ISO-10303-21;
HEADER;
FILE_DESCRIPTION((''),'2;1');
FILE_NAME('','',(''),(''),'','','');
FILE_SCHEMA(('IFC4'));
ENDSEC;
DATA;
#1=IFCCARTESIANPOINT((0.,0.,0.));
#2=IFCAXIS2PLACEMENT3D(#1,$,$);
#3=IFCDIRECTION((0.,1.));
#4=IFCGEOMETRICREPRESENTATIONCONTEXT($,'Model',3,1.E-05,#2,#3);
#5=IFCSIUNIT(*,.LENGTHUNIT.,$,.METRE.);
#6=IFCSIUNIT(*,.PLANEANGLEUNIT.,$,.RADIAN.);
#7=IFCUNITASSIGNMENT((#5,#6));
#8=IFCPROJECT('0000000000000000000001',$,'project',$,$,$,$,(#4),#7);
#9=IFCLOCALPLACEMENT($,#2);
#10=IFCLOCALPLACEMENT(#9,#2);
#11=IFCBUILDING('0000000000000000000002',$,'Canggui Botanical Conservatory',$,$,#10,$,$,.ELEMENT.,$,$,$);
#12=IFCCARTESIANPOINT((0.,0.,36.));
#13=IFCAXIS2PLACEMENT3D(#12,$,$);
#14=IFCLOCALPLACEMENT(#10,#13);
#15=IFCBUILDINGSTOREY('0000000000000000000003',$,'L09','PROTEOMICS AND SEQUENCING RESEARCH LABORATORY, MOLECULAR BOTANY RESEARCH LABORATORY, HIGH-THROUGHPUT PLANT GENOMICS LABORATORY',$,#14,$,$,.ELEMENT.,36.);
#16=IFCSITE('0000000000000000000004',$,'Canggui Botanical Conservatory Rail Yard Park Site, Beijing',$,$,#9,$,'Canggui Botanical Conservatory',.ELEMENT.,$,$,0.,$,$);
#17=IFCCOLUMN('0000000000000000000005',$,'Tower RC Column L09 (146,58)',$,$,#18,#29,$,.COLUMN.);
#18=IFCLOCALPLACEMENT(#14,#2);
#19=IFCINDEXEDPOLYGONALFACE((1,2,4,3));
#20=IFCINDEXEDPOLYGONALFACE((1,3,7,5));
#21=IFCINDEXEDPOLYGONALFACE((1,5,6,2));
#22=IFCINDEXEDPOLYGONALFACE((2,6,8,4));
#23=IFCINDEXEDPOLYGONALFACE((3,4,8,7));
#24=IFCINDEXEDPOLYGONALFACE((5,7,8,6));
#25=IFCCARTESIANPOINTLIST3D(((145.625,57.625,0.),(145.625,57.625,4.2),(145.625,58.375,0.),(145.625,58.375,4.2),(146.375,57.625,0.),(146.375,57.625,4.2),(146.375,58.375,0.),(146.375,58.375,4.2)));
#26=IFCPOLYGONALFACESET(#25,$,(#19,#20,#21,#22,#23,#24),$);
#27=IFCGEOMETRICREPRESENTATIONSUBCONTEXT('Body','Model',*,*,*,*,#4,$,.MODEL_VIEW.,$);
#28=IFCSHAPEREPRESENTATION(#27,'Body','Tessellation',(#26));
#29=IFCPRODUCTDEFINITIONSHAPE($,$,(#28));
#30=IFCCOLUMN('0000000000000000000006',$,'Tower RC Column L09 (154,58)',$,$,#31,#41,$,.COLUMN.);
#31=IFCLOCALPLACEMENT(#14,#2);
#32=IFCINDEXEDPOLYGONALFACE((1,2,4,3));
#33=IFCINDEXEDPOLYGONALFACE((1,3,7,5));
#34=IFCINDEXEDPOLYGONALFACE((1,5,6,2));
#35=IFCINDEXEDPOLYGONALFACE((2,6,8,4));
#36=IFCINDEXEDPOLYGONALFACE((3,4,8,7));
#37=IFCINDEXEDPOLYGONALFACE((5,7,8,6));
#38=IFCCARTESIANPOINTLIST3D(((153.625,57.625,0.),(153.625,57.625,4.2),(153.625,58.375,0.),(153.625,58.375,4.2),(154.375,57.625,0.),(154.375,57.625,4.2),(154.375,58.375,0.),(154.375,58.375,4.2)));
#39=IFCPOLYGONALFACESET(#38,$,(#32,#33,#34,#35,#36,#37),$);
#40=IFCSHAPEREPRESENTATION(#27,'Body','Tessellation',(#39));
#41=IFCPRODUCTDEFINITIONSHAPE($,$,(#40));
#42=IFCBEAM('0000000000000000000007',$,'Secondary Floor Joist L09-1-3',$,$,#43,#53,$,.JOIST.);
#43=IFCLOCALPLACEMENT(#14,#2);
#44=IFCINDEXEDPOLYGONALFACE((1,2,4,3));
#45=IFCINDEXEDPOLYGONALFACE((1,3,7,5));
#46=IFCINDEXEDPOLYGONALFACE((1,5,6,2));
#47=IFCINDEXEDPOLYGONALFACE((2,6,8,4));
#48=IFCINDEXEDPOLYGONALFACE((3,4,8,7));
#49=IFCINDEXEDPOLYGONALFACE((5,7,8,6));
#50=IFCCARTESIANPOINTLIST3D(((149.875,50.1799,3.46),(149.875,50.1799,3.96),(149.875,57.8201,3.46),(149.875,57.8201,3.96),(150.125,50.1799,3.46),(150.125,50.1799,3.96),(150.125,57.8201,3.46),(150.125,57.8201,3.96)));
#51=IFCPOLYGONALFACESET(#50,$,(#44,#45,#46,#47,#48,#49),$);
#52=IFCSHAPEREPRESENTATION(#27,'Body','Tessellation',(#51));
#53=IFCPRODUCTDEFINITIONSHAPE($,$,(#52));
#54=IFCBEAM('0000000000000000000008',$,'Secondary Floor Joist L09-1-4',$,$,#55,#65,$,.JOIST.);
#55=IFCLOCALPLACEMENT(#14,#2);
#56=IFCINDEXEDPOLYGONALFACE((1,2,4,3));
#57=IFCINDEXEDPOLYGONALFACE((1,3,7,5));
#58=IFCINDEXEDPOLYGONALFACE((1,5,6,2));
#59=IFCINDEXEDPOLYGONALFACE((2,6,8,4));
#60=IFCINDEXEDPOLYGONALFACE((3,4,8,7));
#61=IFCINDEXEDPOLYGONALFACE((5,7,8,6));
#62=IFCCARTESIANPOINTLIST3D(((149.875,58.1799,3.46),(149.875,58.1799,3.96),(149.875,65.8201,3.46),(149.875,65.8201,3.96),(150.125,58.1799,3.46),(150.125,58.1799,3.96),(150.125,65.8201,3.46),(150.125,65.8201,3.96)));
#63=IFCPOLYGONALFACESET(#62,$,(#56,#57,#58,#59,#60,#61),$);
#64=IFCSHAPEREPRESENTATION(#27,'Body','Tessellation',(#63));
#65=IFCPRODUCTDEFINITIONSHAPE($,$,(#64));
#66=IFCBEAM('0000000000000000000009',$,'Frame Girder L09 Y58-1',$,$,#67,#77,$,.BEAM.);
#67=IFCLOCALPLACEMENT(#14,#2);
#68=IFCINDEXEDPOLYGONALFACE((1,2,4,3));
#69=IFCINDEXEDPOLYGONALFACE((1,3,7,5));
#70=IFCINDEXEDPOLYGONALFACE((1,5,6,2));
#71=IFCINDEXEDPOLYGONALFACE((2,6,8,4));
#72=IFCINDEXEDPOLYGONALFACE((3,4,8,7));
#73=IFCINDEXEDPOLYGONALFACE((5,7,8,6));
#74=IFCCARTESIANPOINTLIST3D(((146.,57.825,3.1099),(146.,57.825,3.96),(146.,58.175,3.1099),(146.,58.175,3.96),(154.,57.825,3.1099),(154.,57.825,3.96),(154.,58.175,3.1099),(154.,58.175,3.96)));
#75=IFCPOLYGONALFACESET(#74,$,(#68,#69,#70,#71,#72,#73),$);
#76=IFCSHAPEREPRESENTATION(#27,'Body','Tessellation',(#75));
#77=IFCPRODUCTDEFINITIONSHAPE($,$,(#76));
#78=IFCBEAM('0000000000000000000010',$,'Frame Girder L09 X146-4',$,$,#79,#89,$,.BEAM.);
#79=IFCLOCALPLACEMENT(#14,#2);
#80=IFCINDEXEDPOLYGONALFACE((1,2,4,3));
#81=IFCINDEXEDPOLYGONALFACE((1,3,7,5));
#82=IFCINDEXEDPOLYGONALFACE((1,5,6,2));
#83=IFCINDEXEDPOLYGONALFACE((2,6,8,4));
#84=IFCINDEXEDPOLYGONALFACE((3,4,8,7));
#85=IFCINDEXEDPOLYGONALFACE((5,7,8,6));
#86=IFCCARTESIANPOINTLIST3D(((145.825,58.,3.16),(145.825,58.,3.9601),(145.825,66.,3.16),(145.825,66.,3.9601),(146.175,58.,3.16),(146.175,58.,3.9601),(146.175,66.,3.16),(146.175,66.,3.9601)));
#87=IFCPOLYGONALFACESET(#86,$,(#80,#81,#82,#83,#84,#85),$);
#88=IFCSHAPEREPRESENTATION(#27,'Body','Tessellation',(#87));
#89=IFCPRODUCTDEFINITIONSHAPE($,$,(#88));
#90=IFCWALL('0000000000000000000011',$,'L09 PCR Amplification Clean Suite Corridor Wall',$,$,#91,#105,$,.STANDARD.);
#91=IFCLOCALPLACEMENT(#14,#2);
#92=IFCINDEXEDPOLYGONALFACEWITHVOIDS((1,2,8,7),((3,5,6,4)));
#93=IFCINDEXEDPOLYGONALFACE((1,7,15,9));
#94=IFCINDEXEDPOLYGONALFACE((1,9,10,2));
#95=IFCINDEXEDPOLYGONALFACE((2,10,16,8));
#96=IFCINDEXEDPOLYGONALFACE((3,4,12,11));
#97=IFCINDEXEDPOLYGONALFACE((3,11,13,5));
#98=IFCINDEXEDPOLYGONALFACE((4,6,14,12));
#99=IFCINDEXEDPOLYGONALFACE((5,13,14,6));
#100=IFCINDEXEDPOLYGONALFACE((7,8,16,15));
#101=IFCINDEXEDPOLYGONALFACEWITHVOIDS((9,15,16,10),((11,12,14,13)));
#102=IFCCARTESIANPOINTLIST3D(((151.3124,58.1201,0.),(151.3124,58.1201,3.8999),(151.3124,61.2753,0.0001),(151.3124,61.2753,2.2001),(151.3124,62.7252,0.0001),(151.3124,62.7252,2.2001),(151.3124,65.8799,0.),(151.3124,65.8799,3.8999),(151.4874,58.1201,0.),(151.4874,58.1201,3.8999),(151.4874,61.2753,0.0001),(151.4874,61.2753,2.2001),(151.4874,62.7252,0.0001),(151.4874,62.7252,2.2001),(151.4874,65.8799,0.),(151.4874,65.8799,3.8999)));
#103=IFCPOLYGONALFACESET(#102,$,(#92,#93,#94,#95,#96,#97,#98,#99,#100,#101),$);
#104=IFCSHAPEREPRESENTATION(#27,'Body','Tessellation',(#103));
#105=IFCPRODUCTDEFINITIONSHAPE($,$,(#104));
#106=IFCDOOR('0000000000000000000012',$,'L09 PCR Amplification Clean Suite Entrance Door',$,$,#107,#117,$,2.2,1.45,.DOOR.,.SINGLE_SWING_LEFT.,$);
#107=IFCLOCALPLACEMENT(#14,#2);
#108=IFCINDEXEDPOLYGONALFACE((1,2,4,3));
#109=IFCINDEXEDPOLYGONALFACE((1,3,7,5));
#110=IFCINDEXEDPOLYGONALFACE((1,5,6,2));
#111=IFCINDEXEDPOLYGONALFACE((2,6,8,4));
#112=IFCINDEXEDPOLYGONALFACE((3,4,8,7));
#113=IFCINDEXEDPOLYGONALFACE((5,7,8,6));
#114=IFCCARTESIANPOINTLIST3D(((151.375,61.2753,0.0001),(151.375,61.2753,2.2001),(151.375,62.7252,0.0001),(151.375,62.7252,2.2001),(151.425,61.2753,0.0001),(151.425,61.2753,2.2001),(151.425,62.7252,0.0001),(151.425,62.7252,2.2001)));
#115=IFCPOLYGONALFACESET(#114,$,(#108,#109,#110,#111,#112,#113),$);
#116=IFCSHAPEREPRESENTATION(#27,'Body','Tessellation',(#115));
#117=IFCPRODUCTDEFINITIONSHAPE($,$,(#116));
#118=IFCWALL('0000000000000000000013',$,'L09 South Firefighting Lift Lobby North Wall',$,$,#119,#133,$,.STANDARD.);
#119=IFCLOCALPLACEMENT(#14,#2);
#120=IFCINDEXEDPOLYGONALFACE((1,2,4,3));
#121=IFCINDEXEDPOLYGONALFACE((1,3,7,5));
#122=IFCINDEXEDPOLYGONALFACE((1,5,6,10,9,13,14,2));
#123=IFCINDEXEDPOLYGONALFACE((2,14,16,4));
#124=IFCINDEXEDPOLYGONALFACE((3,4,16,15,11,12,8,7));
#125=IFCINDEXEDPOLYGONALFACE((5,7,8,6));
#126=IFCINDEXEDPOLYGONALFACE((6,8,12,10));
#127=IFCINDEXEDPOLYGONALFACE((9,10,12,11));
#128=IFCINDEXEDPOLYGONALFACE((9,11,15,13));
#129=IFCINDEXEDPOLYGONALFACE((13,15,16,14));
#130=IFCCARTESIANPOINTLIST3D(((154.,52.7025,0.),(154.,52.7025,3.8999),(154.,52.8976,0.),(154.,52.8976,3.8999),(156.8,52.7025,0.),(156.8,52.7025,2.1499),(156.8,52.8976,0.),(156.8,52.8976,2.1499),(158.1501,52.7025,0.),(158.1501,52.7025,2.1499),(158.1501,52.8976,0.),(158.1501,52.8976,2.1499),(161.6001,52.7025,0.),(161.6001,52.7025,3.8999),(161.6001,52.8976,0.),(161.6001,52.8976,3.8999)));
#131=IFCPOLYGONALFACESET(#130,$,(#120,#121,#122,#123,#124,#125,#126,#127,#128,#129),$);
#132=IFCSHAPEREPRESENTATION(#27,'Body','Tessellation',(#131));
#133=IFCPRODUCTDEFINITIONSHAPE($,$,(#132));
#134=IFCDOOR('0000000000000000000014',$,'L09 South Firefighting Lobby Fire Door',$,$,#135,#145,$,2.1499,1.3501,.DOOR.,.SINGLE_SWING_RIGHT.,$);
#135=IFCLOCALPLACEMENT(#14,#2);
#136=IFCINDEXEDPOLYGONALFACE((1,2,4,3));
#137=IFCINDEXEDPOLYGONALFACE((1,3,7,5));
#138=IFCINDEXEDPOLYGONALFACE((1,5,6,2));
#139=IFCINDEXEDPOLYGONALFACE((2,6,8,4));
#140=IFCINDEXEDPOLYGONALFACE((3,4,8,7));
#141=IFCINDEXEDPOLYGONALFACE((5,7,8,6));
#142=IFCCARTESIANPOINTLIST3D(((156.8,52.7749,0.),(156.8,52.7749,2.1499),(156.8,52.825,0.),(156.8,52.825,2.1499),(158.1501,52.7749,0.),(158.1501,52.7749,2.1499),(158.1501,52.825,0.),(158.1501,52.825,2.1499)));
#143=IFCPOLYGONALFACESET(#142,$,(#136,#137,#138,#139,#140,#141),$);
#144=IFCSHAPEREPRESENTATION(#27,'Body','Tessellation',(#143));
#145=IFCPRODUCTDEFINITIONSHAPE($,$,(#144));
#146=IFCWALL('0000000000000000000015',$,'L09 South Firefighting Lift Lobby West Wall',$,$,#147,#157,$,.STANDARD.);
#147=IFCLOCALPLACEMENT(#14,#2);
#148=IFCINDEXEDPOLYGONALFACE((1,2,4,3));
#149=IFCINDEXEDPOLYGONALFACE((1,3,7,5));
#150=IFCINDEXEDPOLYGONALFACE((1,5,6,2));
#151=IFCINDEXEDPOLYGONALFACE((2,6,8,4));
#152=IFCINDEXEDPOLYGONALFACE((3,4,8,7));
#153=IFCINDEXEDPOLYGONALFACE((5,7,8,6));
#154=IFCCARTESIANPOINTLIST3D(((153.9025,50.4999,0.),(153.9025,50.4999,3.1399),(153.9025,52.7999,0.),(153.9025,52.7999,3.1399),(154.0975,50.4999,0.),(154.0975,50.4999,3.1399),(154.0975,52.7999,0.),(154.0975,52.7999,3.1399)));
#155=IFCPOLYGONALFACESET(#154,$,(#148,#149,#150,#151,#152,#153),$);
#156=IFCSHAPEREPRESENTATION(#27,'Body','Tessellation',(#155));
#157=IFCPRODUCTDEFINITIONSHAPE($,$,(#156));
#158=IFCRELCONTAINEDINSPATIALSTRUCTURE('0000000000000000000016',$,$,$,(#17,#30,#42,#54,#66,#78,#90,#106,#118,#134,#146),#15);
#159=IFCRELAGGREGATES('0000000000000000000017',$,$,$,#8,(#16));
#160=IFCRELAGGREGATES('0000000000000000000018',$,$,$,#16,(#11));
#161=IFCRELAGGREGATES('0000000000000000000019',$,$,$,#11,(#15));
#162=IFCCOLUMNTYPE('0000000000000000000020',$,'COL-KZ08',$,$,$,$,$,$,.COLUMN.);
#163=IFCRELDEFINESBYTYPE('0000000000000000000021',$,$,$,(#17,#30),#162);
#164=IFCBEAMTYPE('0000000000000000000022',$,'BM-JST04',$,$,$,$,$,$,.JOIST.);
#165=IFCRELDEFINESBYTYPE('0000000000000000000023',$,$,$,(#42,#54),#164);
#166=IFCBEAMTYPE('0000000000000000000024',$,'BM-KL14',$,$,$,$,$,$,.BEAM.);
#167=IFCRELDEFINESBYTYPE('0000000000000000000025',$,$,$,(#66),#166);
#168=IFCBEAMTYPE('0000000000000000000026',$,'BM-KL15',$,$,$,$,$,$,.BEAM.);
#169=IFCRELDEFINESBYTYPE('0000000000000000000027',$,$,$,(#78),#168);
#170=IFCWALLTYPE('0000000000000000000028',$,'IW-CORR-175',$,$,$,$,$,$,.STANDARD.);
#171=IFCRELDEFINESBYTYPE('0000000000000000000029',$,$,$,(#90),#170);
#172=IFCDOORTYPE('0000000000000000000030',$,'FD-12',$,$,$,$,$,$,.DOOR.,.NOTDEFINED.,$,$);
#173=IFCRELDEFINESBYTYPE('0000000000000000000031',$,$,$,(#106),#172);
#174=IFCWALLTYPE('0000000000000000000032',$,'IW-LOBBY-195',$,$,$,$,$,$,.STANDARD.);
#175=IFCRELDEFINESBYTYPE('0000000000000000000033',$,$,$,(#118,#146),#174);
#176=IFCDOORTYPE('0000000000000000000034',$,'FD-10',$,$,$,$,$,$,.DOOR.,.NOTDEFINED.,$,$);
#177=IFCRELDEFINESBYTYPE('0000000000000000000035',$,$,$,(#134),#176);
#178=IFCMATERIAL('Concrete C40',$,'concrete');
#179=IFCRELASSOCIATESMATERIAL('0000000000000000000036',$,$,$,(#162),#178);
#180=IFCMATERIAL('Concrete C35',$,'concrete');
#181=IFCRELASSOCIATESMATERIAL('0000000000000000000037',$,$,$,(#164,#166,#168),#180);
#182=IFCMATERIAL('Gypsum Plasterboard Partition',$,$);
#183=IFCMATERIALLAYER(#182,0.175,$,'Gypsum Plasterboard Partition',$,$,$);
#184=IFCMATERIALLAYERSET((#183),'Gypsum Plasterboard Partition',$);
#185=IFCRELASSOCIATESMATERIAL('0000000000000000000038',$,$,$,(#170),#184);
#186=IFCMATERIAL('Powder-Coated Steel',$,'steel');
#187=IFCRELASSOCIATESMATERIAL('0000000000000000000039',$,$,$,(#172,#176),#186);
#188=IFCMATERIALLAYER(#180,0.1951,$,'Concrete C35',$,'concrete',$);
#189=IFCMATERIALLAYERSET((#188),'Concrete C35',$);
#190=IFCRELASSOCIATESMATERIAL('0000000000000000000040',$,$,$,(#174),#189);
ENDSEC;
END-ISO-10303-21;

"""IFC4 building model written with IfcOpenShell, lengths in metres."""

from ifc_helpers import new_model, si_unit, direction, frame, frame_2d, origin, origin_2d, place, context, subcontext, project, spatial, rectangle, extrude, material, layer, layer_set, material_profile, profile_set, type_object, element, fill, save


model = new_model("IFC4")

# Units and contexts
model_context = context("Model", 3, precision=1e-05, world=origin(), true_north=direction((0.0, 1.0)))
body_context = subcontext(model_context, "Body", "Model", "MODEL_VIEW")
ifc_project = project(units=[si_unit("LENGTHUNIT", "METRE"), si_unit("PLANEANGLEUNIT", "RADIAN")], contexts=[model_context])

# Site, building, storey
site_placement = place(None, origin())
site = spatial("IfcSite", under=ifc_project, at=site_placement, Name="Canggui Botanical Conservatory Rail Yard Park Site, Beijing", LongName="Canggui Botanical Conservatory", CompositionType="ELEMENT", RefElevation=0.0)
building_placement = place(site_placement, origin())
building = spatial("IfcBuilding", under=site, at=building_placement, Name="Canggui Botanical Conservatory", CompositionType="ELEMENT")
storey_placement = place(building_placement, frame((0.0, 0.0, 36.0)))
storey = spatial("IfcBuildingStorey", under=building, at=storey_placement, Name="L09", Description="PROTEOMICS AND SEQUENCING RESEARCH LABORATORY, MOLECULAR BOTANY RESEARCH LABORATORY, HIGH-THROUGHPUT PLANT GENOMICS LABORATORY", CompositionType="ELEMENT", Elevation=36.0)

# Columns
ifc_material_1 = material(Name="Concrete C40", Category="concrete")
ifc_material_profile_1 = material_profile(ifc_material_1, rectangle(XDim=0.75, YDim=0.75, at=origin_2d()), Name="RC 750x750")
ifc_profile_set_1 = profile_set([ifc_material_profile_1], Name="Concrete C40")
column_type = type_object("IfcColumnType", Name="COL-KZ08", PredefinedType="COLUMN", material=ifc_profile_set_1)
for number, where, z_axis, x_axis, name in (
    (1, (146.0, 58.0, 0.0), (0.0, 0.0, 1.0), (1.0, 0.0, 0.0), "Tower RC Column L09 (146,58)"),
    (2, (154.0, 58.0, 0.0), (0.0, 0.0, 1.0), (1.0, 0.0, 0.0), "Tower RC Column L09 (154,58)"),
):
    element("IfcColumn", number, at=place(storey_placement, frame(where, z_axis=z_axis, x_axis=x_axis)), inside=storey, type_object=column_type, Name=name, PredefinedType="COLUMN", context=body_context, shape_type="SweptSolid", body=[
        extrude(rectangle(XDim=0.75, YDim=0.75, at=origin_2d()), origin(), (0.0, 0.0, 1.0), 4.2),
    ])

# Beams
ifc_material_2 = material(Name="Concrete C35", Category="concrete")
ifc_material_profile_2 = material_profile(ifc_material_2, rectangle(XDim=0.25, YDim=0.5, at=origin_2d()), Name="RB 250x500")
ifc_profile_set_2 = profile_set([ifc_material_profile_2], Name="Concrete C35")
beam_type_1 = type_object("IfcBeamType", Name="BM-JST04", PredefinedType="JOIST", material=ifc_profile_set_2)
for number, where, z_axis, x_axis, name in (
    (3, (150.0, 50.1799, 3.71), (0.0, 1.0, 0.0), (-1.0, 0.0, 0.0), "Secondary Floor Joist L09-1-3"),
    (4, (150.0, 58.1799, 3.71), (0.0, 1.0, 0.0), (-1.0, 0.0, 0.0), "Secondary Floor Joist L09-1-4"),
):
    element("IfcBeam", number, at=place(storey_placement, frame(where, z_axis=z_axis, x_axis=x_axis)), inside=storey, type_object=beam_type_1, Name=name, PredefinedType="JOIST", context=body_context, shape_type="SweptSolid", body=[
        extrude(rectangle(XDim=0.25, YDim=0.5, at=origin_2d()), origin(), (0.0, 0.0, 1.0), 7.6401),
    ])
ifc_material_profile_3 = material_profile(ifc_material_2, rectangle(XDim=0.3501, YDim=0.8501, at=origin_2d()), Name="RB 350x850")
ifc_profile_set_3 = profile_set([ifc_material_profile_3], Name="Concrete C35")
beam_type_2 = type_object("IfcBeamType", Name="BM-KL14", PredefinedType="BEAM", material=ifc_profile_set_3)
beam_1_placement = place(storey_placement, frame((146.0, 58.0, 3.5349), z_axis=(1.0, 0.0, 0.0), x_axis=(0.0, 1.0, 0.0)))
element("IfcBeam", 5, at=beam_1_placement, inside=storey, type_object=beam_type_2, Name="Frame Girder L09 Y58-1", PredefinedType="BEAM", context=body_context, shape_type="SweptSolid", body=[
    extrude(rectangle(XDim=0.3501, YDim=0.8501, at=origin_2d()), origin(), (0.0, 0.0, 1.0), 8.0),
])
ifc_material_profile_4 = material_profile(ifc_material_2, rectangle(XDim=0.3501, YDim=0.8, at=origin_2d()), Name="RB 350x800")
ifc_profile_set_4 = profile_set([ifc_material_profile_4], Name="Concrete C35")
beam_type_3 = type_object("IfcBeamType", Name="BM-KL15", PredefinedType="BEAM", material=ifc_profile_set_4)
beam_2_placement = place(storey_placement, frame((146.0, 58.0, 3.5601), z_axis=(0.0, 1.0, 0.0), x_axis=(-1.0, 0.0, 0.0)))
element("IfcBeam", 6, at=beam_2_placement, inside=storey, type_object=beam_type_3, Name="Frame Girder L09 X146-4", PredefinedType="BEAM", context=body_context, shape_type="SweptSolid", body=[
    extrude(rectangle(XDim=0.3501, YDim=0.8, at=origin_2d()), origin(), (0.0, 0.0, 1.0), 8.0),
])

# Walls, openings, doors
ifc_material_3 = material(Name="Gypsum Plasterboard Partition")
ifc_layer_1 = layer(ifc_material_3, 0.175, Name="Gypsum Plasterboard Partition")
ifc_layer_set_1 = layer_set([ifc_layer_1], Name="Gypsum Plasterboard Partition")
wall_type_1 = type_object("IfcWallType", Name="IW-CORR-175", PredefinedType="STANDARD", material=ifc_layer_set_1)
wall_1_placement = place(storey_placement, frame((151.3999, 58.1201, 0.0), z_axis=(0.0, 0.0, 1.0), x_axis=(0.0, 1.0, 0.0)))
wall_1 = element("IfcWall", 7, at=wall_1_placement, inside=storey, type_object=wall_type_1, Name="L09 PCR Amplification Clean Suite Corridor Wall", PredefinedType="STANDARD", context=body_context, shape_type="SweptSolid", body=[
    extrude(rectangle(XDim=7.7598, YDim=0.175, at=frame_2d((3.8799, 0.0))), origin(), (0.0, 0.0, 1.0), 3.8999),
])
opening_1_placement = place(wall_1_placement, frame((3.155, 0.0, 0.0)))
opening_1 = element("IfcOpeningElement", 8, at=opening_1_placement, cuts=wall_1, PredefinedType="OPENING", context=body_context, shape_type="SweptSolid", body=[
    extrude(rectangle(XDim=1.45, YDim=2.2, at=frame_2d((0.7251, 1.1001))), frame((0.0, 0.0977, 0.0), z_axis=(0.0, -1.0, 0.0), x_axis=(1.0, 0.0, 0.0)), (0.0, 0.0, 1.0), 0.1951),
])
ifc_material_4 = material(Name="Powder-Coated Steel", Category="steel")
door_type_1 = type_object("IfcDoorType", Name="FD-12", OperationType="NOTDEFINED", PredefinedType="DOOR", material=ifc_material_4)
door_1_placement = place(opening_1_placement, origin())
door_1 = element("IfcDoor", 9, at=door_1_placement, inside=storey, type_object=door_type_1, Name="L09 PCR Amplification Clean Suite Entrance Door", OperationType="SINGLE_SWING_LEFT", OverallHeight=2.2, OverallWidth=1.45, PredefinedType="DOOR", context=body_context, shape_type="SweptSolid", body=[
    extrude(rectangle(XDim=1.45, YDim=2.2, at=frame_2d((0.7251, 1.1001))), frame((0.0, 0.0249, 0.0), z_axis=(0.0, -1.0, 0.0), x_axis=(1.0, 0.0, 0.0)), (0.0, 0.0, 1.0), 0.05),
])
fill(opening_1, door_1)
ifc_layer_2 = layer(ifc_material_2, 0.1951, Name="Concrete C35", Category="concrete")
ifc_layer_set_2 = layer_set([ifc_layer_2], Name="Concrete C35")
wall_type_2 = type_object("IfcWallType", Name="IW-LOBBY-195", PredefinedType="STANDARD", material=ifc_layer_set_2)
wall_2_placement = place(storey_placement, frame((154.0, 52.8, 0.0), z_axis=(0.0, 0.0, 1.0), x_axis=(1.0, 0.0, 0.0)))
wall_2 = element("IfcWall", 10, at=wall_2_placement, inside=storey, type_object=wall_type_2, Name="L09 South Firefighting Lift Lobby North Wall", PredefinedType="STANDARD", context=body_context, shape_type="SweptSolid", body=[
    extrude(rectangle(XDim=7.6001, YDim=0.1951, at=frame_2d((3.8, 0.0))), origin(), (0.0, 0.0, 1.0), 3.8999),
])
opening_2_placement = place(wall_2_placement, frame((2.8, 0.0, 0.0)))
opening_2 = element("IfcOpeningElement", 11, at=opening_2_placement, cuts=wall_2, PredefinedType="OPENING", context=body_context, shape_type="SweptSolid", body=[
    extrude(rectangle(XDim=1.3501, YDim=2.1499, at=frame_2d((0.675, 1.075))), frame((0.0, 0.1074, 0.0), z_axis=(0.0, -1.0, 0.0), x_axis=(1.0, 0.0, 0.0)), (0.0, 0.0, 1.0), 0.2151),
])
door_type_2 = type_object("IfcDoorType", Name="FD-10", OperationType="NOTDEFINED", PredefinedType="DOOR", material=ifc_material_4)
door_2_placement = place(opening_2_placement, origin())
door_2 = element("IfcDoor", 12, at=door_2_placement, inside=storey, type_object=door_type_2, Name="L09 South Firefighting Lobby Fire Door", OperationType="SINGLE_SWING_RIGHT", OverallHeight=2.1499, OverallWidth=1.3501, PredefinedType="DOOR", context=body_context, shape_type="SweptSolid", body=[
    extrude(rectangle(XDim=1.3501, YDim=2.1499, at=frame_2d((0.675, 1.075))), frame((0.0, 0.0249, 0.0), z_axis=(0.0, -1.0, 0.0), x_axis=(1.0, 0.0, 0.0)), (0.0, 0.0, 1.0), 0.05),
])
fill(opening_2, door_2)

# Wall
wall_3_placement = place(storey_placement, frame((154.0, 50.5, 0.0), z_axis=(0.0, 0.0, 1.0), x_axis=(0.0, 1.0, 0.0)))
element("IfcWall", 13, at=wall_3_placement, inside=storey, type_object=wall_type_2, Name="L09 South Firefighting Lift Lobby West Wall", PredefinedType="STANDARD", context=body_context, shape_type="SweptSolid", body=[
    extrude(rectangle(XDim=2.3, YDim=0.1951, at=frame_2d((1.1499, 0.0))), origin(), (0.0, 0.0, 1.0), 3.1399),
])

save(model, "model.ifc")
